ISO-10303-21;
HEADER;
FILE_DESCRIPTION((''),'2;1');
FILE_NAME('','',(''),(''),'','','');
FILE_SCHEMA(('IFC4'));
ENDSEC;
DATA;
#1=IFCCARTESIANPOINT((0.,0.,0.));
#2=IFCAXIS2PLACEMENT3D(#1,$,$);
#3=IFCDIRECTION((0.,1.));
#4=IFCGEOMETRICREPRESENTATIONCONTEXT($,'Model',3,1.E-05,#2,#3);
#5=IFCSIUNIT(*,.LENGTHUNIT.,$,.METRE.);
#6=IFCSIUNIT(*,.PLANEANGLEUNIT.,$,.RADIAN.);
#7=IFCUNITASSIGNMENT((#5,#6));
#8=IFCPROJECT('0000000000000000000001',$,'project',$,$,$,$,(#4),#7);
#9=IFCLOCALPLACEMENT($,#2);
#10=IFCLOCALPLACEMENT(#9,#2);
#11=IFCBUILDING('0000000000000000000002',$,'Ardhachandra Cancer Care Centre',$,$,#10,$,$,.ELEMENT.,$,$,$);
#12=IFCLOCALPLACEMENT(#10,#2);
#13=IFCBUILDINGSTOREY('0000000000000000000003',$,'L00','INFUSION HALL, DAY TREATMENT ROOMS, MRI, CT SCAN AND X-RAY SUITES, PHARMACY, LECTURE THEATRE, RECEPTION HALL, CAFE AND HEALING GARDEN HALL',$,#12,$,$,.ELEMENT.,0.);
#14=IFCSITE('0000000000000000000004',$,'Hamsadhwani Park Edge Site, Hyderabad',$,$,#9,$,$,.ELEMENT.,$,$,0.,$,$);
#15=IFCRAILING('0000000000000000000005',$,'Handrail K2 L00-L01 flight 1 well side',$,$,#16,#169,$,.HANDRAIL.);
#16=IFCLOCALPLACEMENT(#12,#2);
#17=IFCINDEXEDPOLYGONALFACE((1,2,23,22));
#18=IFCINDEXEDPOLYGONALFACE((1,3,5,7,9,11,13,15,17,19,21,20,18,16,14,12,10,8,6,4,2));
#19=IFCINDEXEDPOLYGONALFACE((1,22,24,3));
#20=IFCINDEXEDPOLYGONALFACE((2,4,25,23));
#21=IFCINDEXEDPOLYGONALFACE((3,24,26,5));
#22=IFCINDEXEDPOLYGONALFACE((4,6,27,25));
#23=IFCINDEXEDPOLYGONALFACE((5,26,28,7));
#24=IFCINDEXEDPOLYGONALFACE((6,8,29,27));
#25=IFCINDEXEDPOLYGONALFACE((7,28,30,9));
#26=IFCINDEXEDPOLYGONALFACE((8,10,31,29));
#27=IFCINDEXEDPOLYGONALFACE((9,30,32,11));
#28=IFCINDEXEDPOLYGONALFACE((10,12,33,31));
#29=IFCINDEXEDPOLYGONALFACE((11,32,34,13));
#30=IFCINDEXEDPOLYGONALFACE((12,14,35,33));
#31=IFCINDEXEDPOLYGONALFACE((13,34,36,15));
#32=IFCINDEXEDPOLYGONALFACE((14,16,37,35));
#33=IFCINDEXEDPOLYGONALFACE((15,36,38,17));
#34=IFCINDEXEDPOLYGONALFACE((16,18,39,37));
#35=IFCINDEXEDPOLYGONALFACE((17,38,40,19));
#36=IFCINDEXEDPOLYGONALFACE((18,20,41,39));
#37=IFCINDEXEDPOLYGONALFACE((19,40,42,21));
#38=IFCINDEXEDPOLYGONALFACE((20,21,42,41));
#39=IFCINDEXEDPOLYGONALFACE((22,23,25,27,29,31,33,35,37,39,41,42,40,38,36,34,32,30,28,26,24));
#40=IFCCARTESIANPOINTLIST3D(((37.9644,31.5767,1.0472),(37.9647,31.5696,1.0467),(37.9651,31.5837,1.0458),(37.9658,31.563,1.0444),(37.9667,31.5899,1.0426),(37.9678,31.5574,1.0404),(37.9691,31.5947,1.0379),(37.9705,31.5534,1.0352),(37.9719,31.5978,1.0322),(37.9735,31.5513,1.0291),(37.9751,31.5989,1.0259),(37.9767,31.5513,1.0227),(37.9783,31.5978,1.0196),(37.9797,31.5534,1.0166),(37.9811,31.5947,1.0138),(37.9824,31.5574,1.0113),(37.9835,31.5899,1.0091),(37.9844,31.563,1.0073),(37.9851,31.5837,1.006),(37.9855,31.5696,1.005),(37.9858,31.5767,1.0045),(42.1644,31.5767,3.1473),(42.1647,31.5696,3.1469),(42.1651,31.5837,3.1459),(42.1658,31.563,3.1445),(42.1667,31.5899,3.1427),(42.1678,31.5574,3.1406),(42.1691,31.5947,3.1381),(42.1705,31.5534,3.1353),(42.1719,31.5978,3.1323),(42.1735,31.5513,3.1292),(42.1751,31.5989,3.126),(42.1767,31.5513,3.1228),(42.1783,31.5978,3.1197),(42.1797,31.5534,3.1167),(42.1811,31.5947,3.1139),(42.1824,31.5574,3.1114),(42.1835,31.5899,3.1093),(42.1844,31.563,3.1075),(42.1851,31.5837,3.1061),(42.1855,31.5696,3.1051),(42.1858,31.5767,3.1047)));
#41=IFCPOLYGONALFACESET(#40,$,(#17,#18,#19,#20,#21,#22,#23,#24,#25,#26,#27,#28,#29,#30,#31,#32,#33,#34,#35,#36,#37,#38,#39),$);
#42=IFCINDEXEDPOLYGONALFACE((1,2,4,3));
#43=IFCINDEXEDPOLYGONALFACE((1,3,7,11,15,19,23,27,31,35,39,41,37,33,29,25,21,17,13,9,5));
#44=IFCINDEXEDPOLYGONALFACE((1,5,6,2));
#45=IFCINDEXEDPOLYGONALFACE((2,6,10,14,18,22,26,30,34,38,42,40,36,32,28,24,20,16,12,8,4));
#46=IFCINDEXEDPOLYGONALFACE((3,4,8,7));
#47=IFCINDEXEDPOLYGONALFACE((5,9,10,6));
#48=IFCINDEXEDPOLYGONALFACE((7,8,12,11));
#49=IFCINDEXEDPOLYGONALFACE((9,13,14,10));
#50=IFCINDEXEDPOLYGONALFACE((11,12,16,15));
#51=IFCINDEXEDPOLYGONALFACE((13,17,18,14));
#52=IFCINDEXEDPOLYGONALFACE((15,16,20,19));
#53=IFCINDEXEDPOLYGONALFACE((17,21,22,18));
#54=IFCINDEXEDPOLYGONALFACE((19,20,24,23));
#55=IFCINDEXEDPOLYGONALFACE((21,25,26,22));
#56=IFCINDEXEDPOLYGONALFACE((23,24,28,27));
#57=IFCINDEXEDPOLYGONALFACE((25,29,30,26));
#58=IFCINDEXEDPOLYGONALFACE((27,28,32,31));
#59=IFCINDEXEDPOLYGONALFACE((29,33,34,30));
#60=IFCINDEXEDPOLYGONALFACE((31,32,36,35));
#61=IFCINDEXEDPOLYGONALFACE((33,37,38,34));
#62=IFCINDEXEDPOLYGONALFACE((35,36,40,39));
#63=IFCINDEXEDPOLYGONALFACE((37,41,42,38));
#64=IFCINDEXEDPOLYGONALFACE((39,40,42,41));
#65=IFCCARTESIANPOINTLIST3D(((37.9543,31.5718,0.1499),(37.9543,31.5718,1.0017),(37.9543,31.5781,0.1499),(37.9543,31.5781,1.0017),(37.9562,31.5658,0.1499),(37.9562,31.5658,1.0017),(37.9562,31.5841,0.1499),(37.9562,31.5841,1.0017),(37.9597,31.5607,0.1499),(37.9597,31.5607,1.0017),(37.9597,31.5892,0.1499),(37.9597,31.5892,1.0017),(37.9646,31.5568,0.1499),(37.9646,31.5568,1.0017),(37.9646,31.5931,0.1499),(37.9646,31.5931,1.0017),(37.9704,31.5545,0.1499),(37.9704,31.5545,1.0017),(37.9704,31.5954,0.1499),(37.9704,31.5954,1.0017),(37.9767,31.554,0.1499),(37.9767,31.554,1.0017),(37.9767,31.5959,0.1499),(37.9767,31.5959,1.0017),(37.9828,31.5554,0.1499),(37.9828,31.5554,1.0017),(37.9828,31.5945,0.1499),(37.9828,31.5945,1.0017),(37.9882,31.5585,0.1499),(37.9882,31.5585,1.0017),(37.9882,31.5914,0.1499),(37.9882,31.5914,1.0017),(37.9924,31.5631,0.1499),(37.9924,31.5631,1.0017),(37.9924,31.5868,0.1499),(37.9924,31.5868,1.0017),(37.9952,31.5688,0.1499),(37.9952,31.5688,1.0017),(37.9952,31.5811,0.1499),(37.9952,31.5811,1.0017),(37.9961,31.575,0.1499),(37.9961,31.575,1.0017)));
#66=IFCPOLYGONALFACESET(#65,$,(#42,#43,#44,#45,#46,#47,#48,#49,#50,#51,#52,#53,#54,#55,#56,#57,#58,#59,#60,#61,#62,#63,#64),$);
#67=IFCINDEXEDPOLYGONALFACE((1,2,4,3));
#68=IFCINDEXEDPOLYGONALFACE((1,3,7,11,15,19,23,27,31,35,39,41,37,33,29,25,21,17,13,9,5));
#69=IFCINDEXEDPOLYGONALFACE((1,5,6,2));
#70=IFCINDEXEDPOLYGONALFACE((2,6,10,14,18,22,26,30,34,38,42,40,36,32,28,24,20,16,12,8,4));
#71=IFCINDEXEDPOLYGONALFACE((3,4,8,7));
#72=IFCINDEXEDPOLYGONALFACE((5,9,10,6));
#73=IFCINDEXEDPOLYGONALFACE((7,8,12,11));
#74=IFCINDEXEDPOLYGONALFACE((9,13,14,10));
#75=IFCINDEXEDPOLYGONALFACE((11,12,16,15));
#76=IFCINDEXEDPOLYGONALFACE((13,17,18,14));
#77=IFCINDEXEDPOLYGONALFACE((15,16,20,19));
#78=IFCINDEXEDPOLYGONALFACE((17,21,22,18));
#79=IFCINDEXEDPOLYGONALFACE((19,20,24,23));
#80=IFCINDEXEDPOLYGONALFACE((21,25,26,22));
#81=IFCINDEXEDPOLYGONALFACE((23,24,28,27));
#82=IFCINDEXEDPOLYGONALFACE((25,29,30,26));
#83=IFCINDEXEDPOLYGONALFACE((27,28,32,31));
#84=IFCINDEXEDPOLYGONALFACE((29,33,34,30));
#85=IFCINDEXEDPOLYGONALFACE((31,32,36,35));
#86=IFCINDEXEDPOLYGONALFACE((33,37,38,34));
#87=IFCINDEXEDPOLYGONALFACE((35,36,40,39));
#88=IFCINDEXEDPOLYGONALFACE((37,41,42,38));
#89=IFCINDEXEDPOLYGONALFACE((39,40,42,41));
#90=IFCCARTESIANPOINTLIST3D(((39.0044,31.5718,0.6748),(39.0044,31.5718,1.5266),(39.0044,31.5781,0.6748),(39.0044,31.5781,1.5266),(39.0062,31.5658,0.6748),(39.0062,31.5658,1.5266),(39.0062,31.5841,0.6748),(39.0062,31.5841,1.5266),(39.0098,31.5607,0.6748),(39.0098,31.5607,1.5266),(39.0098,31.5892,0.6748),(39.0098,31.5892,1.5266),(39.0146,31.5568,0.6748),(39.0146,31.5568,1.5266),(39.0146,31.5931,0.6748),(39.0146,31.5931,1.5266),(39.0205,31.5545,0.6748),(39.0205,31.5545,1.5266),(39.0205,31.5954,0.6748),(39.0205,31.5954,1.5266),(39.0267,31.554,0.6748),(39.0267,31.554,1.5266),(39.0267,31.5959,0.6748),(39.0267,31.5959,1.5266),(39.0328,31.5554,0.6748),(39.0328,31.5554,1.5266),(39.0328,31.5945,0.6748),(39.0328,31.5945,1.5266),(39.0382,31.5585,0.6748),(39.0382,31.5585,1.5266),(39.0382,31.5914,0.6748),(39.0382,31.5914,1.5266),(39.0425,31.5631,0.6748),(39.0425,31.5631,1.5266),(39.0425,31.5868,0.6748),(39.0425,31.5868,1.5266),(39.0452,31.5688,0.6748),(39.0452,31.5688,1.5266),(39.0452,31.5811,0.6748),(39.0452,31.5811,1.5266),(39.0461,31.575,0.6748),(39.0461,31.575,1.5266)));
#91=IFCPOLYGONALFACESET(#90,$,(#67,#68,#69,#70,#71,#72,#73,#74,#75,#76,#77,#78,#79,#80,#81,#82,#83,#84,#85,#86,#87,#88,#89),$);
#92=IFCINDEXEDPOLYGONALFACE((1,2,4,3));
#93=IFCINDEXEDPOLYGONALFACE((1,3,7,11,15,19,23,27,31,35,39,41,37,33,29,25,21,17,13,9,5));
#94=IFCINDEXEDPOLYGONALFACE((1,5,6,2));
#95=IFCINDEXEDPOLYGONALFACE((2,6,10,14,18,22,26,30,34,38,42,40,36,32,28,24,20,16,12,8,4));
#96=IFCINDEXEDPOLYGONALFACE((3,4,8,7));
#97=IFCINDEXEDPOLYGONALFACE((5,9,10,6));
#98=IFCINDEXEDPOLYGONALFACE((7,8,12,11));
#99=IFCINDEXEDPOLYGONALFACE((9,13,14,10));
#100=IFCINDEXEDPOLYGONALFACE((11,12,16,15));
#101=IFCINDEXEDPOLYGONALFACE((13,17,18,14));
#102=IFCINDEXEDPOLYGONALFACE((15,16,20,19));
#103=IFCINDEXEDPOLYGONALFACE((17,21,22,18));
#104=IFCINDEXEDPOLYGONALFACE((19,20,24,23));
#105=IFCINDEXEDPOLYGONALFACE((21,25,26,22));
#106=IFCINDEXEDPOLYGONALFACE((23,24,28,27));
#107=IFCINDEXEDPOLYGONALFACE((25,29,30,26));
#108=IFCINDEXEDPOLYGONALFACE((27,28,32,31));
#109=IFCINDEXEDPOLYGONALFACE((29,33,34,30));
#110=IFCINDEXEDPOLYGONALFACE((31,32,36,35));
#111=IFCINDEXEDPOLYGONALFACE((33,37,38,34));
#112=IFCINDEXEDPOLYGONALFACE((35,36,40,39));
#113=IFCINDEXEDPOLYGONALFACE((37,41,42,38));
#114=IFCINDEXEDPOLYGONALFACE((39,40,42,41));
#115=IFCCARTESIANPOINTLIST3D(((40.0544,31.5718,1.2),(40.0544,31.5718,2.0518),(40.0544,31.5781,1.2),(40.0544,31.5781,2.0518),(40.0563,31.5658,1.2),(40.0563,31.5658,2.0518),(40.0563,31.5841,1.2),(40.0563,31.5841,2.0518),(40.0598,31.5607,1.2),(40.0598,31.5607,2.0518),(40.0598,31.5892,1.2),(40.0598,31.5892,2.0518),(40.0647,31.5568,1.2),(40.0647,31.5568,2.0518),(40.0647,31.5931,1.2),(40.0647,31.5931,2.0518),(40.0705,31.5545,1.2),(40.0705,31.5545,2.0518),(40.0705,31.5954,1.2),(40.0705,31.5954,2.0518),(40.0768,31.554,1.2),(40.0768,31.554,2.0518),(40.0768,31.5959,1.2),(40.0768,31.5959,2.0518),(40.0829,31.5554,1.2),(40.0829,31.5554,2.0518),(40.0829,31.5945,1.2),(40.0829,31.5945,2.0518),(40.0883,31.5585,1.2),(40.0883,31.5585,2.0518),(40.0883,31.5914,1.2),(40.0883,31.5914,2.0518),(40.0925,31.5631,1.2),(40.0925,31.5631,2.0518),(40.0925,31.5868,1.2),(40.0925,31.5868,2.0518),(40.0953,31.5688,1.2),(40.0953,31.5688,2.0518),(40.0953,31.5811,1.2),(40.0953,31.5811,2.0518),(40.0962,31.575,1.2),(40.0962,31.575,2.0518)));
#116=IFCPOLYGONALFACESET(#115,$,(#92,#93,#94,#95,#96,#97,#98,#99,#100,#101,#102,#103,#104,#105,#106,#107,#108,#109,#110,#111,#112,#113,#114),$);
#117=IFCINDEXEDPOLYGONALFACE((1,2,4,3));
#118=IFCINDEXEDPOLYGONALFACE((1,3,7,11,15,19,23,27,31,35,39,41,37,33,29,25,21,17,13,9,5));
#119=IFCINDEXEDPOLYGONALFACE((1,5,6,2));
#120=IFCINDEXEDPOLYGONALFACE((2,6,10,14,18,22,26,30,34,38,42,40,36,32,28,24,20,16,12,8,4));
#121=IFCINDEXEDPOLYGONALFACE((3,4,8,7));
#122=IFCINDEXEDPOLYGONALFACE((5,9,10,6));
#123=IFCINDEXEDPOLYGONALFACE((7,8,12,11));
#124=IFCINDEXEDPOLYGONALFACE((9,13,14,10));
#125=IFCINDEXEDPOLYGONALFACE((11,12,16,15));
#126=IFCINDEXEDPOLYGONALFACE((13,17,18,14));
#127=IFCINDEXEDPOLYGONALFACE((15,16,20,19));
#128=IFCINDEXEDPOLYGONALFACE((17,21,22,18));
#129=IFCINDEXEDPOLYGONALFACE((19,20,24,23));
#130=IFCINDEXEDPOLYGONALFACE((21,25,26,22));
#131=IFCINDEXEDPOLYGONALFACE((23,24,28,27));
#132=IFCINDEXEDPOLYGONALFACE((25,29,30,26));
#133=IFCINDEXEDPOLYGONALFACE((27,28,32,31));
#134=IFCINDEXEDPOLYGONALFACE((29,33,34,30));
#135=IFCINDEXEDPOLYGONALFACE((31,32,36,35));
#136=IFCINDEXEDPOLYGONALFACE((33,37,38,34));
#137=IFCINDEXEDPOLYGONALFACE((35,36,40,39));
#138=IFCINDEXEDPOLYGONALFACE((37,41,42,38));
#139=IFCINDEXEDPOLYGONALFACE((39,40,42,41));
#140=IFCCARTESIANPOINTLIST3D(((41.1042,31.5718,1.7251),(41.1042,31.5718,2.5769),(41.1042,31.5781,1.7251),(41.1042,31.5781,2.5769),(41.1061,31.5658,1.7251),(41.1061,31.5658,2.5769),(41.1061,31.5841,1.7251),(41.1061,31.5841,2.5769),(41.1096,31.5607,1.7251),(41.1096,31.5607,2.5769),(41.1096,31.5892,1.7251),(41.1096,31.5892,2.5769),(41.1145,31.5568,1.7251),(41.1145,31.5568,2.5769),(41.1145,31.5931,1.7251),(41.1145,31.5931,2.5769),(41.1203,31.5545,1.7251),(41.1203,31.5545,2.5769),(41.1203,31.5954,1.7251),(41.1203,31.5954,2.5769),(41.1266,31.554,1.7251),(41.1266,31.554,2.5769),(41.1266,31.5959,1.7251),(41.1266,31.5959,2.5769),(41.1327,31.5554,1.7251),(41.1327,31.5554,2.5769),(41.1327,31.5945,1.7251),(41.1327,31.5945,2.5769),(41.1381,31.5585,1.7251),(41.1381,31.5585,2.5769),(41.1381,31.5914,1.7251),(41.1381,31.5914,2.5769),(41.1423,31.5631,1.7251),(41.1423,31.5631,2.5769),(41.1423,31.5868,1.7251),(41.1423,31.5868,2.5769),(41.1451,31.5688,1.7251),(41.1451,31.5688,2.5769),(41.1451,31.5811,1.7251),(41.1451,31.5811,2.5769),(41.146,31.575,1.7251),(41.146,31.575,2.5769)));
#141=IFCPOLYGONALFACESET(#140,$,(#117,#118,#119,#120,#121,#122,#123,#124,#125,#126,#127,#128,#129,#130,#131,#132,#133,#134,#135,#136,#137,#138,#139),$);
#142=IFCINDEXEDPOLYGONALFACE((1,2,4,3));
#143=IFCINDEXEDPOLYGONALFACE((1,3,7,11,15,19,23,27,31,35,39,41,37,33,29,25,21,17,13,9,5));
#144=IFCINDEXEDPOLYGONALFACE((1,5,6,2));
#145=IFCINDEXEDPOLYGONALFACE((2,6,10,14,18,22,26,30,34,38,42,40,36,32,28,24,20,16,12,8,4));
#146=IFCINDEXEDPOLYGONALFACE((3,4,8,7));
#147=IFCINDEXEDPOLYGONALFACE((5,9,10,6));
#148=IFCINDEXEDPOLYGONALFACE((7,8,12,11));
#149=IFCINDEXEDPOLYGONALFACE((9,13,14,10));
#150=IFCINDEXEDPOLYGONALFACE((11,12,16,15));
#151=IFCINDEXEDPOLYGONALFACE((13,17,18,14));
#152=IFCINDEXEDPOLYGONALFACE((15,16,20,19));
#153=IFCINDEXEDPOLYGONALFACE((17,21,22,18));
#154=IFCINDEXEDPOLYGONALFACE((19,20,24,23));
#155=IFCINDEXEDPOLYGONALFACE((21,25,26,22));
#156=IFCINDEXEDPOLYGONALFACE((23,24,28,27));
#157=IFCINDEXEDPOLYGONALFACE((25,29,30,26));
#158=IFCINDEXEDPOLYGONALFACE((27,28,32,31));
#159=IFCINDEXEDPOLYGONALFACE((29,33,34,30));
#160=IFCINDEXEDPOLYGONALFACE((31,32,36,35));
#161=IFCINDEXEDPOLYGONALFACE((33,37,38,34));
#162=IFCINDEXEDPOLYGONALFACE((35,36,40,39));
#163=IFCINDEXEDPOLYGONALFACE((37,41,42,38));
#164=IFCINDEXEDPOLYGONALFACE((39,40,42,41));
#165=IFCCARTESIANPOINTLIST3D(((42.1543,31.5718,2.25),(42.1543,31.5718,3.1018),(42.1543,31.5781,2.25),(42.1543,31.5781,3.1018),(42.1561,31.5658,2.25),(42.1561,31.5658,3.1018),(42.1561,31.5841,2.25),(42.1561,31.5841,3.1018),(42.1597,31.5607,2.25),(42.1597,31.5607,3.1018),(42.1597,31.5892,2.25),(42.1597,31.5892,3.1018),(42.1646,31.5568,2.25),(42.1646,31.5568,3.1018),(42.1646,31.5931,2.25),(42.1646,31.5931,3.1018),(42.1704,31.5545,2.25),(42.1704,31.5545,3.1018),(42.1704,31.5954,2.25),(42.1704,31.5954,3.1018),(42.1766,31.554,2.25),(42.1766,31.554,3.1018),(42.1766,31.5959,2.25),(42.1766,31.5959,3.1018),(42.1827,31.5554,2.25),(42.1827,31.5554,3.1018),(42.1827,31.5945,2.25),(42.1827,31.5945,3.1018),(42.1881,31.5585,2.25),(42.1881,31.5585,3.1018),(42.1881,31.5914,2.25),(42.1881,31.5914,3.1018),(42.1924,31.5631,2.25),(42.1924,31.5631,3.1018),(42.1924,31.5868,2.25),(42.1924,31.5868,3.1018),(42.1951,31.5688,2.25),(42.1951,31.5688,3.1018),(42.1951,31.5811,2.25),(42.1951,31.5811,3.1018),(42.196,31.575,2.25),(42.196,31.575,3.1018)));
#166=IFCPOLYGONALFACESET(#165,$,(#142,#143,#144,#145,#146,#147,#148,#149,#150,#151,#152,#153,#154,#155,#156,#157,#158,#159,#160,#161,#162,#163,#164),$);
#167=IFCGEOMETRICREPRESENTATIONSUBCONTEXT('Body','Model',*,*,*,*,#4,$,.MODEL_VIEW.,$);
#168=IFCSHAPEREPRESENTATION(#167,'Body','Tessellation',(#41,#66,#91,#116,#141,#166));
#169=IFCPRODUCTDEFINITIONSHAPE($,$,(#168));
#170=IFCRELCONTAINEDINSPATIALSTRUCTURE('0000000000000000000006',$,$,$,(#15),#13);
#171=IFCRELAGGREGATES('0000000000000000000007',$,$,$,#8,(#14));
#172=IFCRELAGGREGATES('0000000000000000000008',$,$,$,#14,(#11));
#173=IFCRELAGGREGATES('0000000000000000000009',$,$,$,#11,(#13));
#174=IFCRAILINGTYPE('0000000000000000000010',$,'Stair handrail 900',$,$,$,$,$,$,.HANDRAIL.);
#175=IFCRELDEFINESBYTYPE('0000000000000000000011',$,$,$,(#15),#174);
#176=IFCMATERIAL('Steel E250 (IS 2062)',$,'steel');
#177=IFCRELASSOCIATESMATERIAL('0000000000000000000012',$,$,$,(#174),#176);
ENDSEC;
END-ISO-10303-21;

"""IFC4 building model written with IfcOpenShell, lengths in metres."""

from ifc_helpers import new_model, si_unit, direction, frame, origin, origin_2d, place, context, subcontext, project, spatial, circle, extrude, material, type_object, element, save


model = new_model("IFC4")

# Units and contexts
model_context = context("Model", 3, precision=1e-05, world=origin(), true_north=direction((0.0, 1.0)))
body_context = subcontext(model_context, "Body", "Model", "MODEL_VIEW")
ifc_project = project(units=[si_unit("LENGTHUNIT", "METRE"), si_unit("PLANEANGLEUNIT", "RADIAN")], contexts=[model_context])

# Site, building, storey
site_placement = place(None, origin())
site = spatial("IfcSite", under=ifc_project, at=site_placement, Name="Hamsadhwani Park Edge Site, Hyderabad", CompositionType="ELEMENT", RefElevation=0.0)
building_placement = place(site_placement, origin())
building = spatial("IfcBuilding", under=site, at=building_placement, Name="Ardhachandra Cancer Care Centre", CompositionType="ELEMENT")
storey_placement = place(building_placement, origin())
storey = spatial("IfcBuildingStorey", under=building, at=storey_placement, Name="L00", Description="INFUSION HALL, DAY TREATMENT ROOMS, MRI, CT SCAN AND X-RAY SUITES, PHARMACY, LECTURE THEATRE, RECEPTION HALL, CAFE AND HEALING GARDEN HALL", CompositionType="ELEMENT", Elevation=0.0)

# Railing
ifc_material_1 = material(Name="Steel E250 (IS 2062)", Category="steel")
railing_type_1 = type_object("IfcRailingType", Name="Stair handrail 900", PredefinedType="HANDRAIL", material=ifc_material_1)
for number, where, name in (
    (1, (37.9751, 31.575, 0.1499), "Handrail K2 L00-L01 flight 1 well side"),
):
    element("IfcRailing", number, at=place(storey_placement, frame(where)), inside=storey, type_object=railing_type_1, Name=name, PredefinedType="HANDRAIL", context=body_context, shape_type="SweptSolid", body=[
        extrude(circle(Radius=0.0239, at=origin_2d()), frame((0.0, 0.0, 0.876), z_axis=(0.894417, 0.0, 0.447234), x_axis=(0.0, 1.0, 0.0)), (0.0, 0.0, 1.0), 4.6958),
        extrude(circle(Radius=0.021, at=origin_2d()), origin(), (0.0, 0.0, 1.0), 0.8518),
        extrude(circle(Radius=0.021, at=origin_2d()), frame((1.05, 0.0, 0.5249)), (0.0, 0.0, 1.0), 0.8518),
        extrude(circle(Radius=0.021, at=origin_2d()), frame((2.1001, 0.0, 1.05)), (0.0, 0.0, 1.0), 0.8518),
        extrude(circle(Radius=0.021, at=origin_2d()), frame((3.1499, 0.0, 1.5752)), (0.0, 0.0, 1.0), 0.8518),
        extrude(circle(Radius=0.021, at=origin_2d()), frame((4.2, 0.0, 2.1001)), (0.0, 0.0, 1.0), 0.8518),
    ])

save(model, "model.ifc")
